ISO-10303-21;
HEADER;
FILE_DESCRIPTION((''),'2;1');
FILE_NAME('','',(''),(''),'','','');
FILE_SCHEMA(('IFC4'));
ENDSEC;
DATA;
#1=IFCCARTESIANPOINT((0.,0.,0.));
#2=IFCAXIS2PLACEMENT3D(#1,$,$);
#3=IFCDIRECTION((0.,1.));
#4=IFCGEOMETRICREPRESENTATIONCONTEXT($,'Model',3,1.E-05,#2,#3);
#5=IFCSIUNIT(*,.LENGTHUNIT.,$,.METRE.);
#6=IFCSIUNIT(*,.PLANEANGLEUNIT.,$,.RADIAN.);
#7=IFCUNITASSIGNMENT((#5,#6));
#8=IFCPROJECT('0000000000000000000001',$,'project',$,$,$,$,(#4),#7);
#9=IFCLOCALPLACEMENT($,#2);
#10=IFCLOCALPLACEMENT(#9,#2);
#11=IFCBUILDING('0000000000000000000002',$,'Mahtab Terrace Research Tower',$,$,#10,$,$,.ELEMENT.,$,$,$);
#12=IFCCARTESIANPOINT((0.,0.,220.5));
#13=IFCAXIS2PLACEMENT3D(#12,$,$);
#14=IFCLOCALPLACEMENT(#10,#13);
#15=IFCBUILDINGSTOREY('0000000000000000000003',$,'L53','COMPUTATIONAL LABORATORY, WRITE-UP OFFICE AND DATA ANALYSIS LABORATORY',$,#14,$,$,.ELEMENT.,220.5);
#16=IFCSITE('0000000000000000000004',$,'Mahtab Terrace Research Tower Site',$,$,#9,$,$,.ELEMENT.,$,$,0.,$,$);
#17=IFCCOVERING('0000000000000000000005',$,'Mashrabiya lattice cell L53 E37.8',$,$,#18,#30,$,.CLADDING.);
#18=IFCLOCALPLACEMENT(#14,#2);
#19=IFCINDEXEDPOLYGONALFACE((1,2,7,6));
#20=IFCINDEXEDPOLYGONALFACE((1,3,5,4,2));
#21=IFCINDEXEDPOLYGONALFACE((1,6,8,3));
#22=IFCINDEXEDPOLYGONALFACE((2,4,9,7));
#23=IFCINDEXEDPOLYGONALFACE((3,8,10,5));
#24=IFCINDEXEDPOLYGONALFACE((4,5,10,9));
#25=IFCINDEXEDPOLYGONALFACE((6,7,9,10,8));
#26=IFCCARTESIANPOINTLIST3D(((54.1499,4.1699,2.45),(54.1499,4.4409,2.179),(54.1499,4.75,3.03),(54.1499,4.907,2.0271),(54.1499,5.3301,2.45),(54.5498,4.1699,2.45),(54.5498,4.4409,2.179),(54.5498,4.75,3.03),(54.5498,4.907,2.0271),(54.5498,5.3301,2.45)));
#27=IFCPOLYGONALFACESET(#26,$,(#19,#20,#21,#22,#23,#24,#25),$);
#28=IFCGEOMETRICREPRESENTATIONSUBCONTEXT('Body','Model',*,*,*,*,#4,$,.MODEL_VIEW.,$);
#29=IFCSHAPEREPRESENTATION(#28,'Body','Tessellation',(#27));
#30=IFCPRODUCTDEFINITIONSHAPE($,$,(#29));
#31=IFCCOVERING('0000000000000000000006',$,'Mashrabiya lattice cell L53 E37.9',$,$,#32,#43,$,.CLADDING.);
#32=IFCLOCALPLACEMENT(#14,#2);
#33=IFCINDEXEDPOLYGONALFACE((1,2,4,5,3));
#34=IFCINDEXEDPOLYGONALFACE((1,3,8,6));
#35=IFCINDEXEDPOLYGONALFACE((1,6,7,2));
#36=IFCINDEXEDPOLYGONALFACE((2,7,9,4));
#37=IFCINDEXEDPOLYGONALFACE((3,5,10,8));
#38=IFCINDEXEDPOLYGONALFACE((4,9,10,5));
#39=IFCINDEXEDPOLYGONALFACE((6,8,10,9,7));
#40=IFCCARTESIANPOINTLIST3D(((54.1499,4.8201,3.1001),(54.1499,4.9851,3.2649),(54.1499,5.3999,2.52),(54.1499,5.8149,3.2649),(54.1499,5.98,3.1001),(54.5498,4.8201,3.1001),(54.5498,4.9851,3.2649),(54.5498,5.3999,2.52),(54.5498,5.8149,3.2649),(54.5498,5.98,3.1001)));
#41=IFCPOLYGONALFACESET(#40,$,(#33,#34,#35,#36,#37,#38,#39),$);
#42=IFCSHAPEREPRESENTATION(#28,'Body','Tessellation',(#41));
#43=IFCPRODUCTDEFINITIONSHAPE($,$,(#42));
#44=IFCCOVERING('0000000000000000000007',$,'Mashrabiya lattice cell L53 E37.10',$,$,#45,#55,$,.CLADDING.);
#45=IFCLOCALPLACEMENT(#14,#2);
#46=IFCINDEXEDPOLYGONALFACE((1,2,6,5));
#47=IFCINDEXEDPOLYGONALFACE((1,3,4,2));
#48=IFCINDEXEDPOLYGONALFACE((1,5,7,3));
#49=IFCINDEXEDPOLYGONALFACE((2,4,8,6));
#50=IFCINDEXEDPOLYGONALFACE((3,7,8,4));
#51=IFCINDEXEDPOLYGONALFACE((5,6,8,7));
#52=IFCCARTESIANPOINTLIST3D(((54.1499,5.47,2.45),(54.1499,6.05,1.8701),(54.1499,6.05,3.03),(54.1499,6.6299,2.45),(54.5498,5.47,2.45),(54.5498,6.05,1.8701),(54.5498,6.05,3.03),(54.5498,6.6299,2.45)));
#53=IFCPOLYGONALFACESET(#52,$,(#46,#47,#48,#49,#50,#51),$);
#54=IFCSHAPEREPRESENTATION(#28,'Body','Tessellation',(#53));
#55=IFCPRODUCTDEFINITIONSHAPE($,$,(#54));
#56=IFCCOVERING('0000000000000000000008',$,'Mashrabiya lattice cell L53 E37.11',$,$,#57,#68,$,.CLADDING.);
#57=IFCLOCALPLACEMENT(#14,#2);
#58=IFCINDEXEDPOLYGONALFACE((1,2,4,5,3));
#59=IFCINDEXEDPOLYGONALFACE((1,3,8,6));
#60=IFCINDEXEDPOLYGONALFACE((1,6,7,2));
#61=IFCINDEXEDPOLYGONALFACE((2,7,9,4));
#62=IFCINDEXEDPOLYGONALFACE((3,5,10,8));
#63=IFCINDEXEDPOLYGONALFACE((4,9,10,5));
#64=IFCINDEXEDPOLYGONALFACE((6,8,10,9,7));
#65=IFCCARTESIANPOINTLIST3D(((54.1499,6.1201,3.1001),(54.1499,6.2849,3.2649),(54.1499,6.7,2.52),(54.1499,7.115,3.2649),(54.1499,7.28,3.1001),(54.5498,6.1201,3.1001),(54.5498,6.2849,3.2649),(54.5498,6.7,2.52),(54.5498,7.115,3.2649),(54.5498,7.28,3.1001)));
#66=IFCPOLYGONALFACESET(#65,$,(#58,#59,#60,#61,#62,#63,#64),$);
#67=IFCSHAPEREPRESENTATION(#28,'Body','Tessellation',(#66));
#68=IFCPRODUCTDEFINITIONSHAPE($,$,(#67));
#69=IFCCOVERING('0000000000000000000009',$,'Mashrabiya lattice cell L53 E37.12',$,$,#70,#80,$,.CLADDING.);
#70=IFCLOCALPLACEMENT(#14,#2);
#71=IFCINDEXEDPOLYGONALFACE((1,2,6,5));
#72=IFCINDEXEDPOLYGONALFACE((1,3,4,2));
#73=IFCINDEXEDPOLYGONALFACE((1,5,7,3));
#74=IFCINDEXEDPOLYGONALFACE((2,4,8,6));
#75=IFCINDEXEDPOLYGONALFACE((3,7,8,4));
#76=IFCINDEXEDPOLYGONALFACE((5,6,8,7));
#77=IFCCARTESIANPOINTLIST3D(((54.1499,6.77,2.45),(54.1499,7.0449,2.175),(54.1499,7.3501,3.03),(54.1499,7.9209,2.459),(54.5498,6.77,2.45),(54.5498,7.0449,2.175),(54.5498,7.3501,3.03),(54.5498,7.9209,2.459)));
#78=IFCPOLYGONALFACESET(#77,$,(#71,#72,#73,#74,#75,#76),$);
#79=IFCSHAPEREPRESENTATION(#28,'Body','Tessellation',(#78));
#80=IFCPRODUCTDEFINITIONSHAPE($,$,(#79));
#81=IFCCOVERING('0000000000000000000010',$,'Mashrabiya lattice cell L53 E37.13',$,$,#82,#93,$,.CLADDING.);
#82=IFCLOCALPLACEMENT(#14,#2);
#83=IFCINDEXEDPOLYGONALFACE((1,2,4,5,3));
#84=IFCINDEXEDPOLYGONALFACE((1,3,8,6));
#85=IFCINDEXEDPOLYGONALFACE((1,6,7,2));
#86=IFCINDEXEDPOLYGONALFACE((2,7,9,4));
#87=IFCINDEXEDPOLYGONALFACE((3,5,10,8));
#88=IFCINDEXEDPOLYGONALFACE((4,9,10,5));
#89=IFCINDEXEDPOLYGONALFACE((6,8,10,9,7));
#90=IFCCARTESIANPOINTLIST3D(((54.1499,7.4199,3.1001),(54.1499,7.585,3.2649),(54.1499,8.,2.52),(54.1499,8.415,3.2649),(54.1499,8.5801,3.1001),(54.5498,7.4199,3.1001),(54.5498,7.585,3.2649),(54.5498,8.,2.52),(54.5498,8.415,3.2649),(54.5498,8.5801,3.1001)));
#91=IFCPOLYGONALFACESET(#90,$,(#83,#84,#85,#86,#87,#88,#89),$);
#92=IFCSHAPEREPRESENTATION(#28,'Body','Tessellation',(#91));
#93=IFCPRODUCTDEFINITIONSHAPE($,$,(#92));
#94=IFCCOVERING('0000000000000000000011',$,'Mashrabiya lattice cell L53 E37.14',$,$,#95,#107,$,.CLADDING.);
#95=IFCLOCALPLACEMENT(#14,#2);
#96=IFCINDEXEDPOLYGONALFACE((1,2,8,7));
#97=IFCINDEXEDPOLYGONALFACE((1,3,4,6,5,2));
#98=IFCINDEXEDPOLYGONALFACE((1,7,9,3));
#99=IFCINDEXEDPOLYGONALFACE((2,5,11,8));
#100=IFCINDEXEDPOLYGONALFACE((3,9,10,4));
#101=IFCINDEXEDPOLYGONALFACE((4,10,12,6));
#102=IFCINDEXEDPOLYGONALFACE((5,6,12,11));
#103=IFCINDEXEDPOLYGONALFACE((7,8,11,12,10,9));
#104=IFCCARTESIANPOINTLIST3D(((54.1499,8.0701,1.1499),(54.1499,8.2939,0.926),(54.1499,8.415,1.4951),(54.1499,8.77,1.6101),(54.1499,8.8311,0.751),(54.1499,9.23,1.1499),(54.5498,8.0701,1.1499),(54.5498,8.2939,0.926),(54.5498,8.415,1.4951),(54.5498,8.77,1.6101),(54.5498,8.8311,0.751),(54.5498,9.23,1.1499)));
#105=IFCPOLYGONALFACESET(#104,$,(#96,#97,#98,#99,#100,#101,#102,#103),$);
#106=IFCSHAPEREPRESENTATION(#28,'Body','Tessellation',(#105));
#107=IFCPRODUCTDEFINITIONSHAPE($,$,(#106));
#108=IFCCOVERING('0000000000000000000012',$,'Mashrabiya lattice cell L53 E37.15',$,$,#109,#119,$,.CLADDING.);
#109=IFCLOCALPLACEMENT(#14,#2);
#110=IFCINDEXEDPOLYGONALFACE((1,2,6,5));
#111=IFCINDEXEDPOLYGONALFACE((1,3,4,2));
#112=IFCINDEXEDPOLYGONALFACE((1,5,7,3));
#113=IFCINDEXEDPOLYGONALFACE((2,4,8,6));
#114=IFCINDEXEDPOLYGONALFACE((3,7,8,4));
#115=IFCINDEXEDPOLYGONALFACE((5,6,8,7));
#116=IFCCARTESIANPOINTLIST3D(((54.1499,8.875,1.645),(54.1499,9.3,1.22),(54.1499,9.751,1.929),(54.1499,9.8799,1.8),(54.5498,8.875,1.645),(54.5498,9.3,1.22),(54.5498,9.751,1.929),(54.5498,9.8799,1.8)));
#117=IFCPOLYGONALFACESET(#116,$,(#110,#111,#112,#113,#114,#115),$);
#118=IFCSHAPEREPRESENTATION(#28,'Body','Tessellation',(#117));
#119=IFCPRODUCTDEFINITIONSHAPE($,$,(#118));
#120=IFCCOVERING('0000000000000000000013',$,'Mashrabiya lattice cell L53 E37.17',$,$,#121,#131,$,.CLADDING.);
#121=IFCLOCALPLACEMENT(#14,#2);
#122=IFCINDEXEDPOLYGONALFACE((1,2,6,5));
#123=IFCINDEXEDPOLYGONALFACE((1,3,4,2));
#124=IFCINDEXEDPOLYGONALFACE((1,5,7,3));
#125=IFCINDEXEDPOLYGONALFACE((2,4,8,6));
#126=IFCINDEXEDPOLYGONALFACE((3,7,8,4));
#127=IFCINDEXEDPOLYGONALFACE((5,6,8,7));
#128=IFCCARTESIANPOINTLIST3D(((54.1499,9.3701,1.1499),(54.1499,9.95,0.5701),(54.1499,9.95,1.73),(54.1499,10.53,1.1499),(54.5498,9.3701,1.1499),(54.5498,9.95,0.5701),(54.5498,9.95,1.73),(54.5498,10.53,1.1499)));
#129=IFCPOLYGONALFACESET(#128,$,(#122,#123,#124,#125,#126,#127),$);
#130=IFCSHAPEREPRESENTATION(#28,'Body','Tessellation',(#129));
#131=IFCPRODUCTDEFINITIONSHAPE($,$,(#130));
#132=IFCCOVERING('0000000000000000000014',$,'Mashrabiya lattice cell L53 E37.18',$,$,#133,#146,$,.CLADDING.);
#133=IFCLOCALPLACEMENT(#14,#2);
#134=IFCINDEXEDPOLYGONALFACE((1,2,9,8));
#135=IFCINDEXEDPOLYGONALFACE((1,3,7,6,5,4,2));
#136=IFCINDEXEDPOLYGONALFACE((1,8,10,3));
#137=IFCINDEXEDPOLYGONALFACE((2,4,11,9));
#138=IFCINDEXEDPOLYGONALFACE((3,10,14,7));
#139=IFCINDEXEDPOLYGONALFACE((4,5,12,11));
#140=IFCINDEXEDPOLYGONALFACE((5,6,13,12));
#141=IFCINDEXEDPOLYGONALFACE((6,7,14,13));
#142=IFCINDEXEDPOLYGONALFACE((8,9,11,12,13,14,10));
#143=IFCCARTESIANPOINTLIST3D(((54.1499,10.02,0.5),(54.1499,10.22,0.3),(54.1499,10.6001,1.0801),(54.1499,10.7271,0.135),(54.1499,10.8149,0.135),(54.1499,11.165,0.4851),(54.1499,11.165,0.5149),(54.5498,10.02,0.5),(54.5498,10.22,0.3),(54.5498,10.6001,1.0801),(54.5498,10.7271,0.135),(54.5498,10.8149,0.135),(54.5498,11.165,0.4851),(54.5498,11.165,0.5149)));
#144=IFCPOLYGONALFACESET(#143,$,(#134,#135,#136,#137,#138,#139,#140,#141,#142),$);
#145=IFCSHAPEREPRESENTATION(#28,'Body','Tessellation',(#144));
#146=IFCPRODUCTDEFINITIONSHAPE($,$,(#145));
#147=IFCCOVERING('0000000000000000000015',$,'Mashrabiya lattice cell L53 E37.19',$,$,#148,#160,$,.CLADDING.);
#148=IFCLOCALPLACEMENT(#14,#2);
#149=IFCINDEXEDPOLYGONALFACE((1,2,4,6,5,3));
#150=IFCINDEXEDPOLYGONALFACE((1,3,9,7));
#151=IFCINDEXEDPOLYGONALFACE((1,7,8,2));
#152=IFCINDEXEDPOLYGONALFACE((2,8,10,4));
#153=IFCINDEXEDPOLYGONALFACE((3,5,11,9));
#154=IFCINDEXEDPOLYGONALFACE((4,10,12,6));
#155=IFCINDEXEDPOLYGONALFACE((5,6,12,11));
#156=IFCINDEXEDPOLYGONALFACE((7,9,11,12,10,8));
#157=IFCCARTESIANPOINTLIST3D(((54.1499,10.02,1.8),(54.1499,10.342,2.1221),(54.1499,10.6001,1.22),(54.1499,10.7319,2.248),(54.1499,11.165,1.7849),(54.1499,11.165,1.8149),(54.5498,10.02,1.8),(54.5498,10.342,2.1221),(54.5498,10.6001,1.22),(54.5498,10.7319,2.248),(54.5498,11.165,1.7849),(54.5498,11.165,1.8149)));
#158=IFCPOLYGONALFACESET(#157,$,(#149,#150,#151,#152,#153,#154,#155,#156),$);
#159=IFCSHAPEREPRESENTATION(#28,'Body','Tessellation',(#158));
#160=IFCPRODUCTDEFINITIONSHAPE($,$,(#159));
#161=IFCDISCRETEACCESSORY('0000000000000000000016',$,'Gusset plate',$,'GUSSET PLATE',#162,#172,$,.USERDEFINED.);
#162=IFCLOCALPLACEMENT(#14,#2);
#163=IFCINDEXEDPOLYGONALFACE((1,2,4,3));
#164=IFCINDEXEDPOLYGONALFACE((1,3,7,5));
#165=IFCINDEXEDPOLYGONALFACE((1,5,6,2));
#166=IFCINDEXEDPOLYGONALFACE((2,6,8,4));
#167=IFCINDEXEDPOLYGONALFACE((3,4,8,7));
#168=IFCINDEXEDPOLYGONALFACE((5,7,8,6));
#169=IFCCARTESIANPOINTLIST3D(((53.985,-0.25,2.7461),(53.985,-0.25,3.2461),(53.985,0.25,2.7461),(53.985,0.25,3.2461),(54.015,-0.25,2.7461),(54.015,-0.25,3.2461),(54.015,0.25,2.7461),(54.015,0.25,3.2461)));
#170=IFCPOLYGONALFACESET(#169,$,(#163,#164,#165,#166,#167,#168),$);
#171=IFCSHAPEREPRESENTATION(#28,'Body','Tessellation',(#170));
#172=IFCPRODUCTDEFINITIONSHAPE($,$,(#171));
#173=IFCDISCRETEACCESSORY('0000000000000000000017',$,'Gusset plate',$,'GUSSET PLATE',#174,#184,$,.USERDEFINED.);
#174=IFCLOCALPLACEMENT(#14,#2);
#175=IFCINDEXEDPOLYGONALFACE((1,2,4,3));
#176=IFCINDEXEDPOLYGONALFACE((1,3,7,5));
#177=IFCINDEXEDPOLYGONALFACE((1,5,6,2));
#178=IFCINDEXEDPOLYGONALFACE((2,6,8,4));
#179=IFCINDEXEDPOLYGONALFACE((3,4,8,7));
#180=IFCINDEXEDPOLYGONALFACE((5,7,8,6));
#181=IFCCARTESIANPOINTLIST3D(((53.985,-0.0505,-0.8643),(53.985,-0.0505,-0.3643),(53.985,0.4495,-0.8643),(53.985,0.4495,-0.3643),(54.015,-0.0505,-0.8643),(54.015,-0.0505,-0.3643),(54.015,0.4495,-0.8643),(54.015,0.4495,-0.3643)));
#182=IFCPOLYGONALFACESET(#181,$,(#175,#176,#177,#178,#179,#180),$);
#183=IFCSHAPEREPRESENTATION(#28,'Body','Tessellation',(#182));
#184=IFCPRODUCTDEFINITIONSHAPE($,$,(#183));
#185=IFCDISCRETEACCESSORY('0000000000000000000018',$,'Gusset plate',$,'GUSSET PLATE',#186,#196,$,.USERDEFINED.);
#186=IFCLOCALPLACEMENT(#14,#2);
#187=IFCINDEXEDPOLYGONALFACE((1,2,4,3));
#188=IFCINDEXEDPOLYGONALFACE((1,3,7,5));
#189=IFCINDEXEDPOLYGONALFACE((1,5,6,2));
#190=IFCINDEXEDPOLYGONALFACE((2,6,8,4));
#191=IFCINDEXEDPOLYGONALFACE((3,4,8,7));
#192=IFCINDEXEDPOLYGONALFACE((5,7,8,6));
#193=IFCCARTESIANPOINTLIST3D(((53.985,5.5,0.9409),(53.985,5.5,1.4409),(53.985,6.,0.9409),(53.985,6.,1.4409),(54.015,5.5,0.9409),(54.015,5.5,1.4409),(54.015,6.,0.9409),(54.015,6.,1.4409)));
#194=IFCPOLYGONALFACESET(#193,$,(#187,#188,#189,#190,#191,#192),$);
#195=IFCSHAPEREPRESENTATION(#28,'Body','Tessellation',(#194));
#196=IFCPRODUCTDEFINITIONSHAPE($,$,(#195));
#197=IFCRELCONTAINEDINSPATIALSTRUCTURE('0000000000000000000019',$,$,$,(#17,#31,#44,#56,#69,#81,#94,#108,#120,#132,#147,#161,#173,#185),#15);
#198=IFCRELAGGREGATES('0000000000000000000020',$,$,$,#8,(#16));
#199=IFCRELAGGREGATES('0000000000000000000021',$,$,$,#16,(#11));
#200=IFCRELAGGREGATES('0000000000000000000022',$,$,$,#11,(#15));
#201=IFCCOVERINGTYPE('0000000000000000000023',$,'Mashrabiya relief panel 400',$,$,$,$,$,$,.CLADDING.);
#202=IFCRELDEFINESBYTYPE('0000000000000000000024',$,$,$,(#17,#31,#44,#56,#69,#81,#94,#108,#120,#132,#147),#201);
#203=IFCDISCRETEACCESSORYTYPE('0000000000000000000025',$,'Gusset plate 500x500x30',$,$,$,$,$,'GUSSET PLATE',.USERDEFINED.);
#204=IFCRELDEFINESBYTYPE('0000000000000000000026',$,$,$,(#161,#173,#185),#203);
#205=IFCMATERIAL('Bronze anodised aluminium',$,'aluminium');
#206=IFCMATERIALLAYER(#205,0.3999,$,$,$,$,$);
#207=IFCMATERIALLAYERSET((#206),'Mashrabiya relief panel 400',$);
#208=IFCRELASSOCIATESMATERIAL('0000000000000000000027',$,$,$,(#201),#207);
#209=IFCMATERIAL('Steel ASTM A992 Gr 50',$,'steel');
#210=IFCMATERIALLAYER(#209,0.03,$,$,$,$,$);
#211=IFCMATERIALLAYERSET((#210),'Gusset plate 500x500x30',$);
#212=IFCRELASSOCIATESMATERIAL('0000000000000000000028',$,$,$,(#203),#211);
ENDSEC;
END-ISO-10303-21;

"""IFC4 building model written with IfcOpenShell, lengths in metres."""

from ifc_helpers import new_model, si_unit, direction, frame, origin, origin_2d, place, context, subcontext, project, spatial, polyline, rectangle, outline, extrude, material, layer, layer_set, type_object, element, save


model = new_model("IFC4")

# Units and contexts
model_context = context("Model", 3, precision=1e-05, world=origin(), true_north=direction((0.0, 1.0)))
body_context = subcontext(model_context, "Body", "Model", "MODEL_VIEW")
ifc_project = project(units=[si_unit("LENGTHUNIT", "METRE"), si_unit("PLANEANGLEUNIT", "RADIAN")], contexts=[model_context])

# Site, building, storey
site_placement = place(None, origin())
site = spatial("IfcSite", under=ifc_project, at=site_placement, Name="Mahtab Terrace Research Tower Site", CompositionType="ELEMENT", RefElevation=0.0)
building_placement = place(site_placement, origin())
building = spatial("IfcBuilding", under=site, at=building_placement, Name="Mahtab Terrace Research Tower", CompositionType="ELEMENT")
storey_placement = place(building_placement, frame((0.0, 0.0, 220.5)))
storey = spatial("IfcBuildingStorey", under=building, at=storey_placement, Name="L53", Description="COMPUTATIONAL LABORATORY, WRITE-UP OFFICE AND DATA ANALYSIS LABORATORY", CompositionType="ELEMENT", Elevation=220.5)

# Shared definitions
ifc_material_1 = material(Name="Steel ASTM A992 Gr 50", Category="steel")

# Coverings
ifc_material_2 = material(Name="Bronze anodised aluminium", Category="aluminium")
ifc_layer_1 = layer(ifc_material_2, 0.3999)
ifc_layer_set_1 = layer_set([ifc_layer_1], Name="Mashrabiya relief panel 400")
covering_type = type_object("IfcCoveringType", Name="Mashrabiya relief panel 400", PredefinedType="CLADDING", material=ifc_layer_set_1)
covering_1_placement = place(storey_placement, frame((54.1499, 4.1699, 2.45), z_axis=(-1.0, 0.0, 0.0), x_axis=(0.0, 0.707107, 0.707107)))
element("IfcCovering", 1, at=covering_1_placement, inside=storey, type_object=covering_type, Name="Mashrabiya lattice cell L53 E37.8", PredefinedType="CLADDING", context=body_context, shape_type="SweptSolid", body=[
    extrude(outline(polyline([(0.0, 0.0), (0.8204, 0.0), (0.8204, 0.8204), (0.2222, 0.8202), (0.0, 0.3832), (0.0, 0.0)])), origin(), (0.0, 0.0, -1.0), 0.3999),
])
covering_2_placement = place(storey_placement, frame((54.1499, 5.98, 3.1001), z_axis=(-1.0, 0.0, 0.0), x_axis=(0.0, -0.707107, -0.707107)))
element("IfcCovering", 2, at=covering_2_placement, inside=storey, type_object=covering_type, Name="Mashrabiya lattice cell L53 E37.9", PredefinedType="CLADDING", context=body_context, shape_type="SweptSolid", body=[
    extrude(outline(polyline([(0.0, 0.0), (0.8204, 0.0), (0.8202, 0.8202), (0.587, 0.82), (0.0002, 0.2332), (0.0, 0.0)])), origin(), (0.0, 0.0, -1.0), 0.3999),
])
covering_3_placement = place(storey_placement, frame((54.1499, 6.05, 3.03), z_axis=(-1.0, 0.0, 0.0), x_axis=(0.0, 0.706958, -0.707256)))
element("IfcCovering", 3, at=covering_3_placement, inside=storey, type_object=covering_type, Name="Mashrabiya lattice cell L53 E37.10", PredefinedType="CLADDING", context=body_context, shape_type="SweptSolid", body=[
    extrude(outline(polyline([(0.0, 0.0), (0.8202, 0.0), (0.8204, 0.82), (0.0002, 0.8204), (0.0, 0.0)])), origin(), (0.0, 0.0, -1.0), 0.3999),
])
covering_4_placement = place(storey_placement, frame((54.1499, 7.28, 3.1001), z_axis=(-1.0, 0.0, 0.0), x_axis=(0.0, -0.707107, -0.707107)))
element("IfcCovering", 4, at=covering_4_placement, inside=storey, type_object=covering_type, Name="Mashrabiya lattice cell L53 E37.11", PredefinedType="CLADDING", context=body_context, shape_type="SweptSolid", body=[
    extrude(outline(polyline([(0.0, 0.0), (0.8204, 0.0), (0.8202, 0.8202), (0.5871, 0.8202), (0.0002, 0.2332), (0.0, 0.0)])), origin(), (0.0, 0.0, -1.0), 0.3999),
])
covering_5_placement = place(storey_placement, frame((54.1499, 6.77, 2.45), z_axis=(-1.0, 0.0, 0.0), x_axis=(0.0, 0.707107, 0.707107)))
element("IfcCovering", 5, at=covering_5_placement, inside=storey, type_object=covering_type, Name="Mashrabiya lattice cell L53 E37.12", PredefinedType="CLADDING", context=body_context, shape_type="SweptSolid", body=[
    extrude(outline(polyline([(0.0, 0.0), (0.8204, 0.0), (0.8202, 0.8074), (0.0, 0.3888), (0.0, 0.0)])), origin(), (0.0, 0.0, -1.0), 0.3999),
])
covering_6_placement = place(storey_placement, frame((54.1499, 8.5801, 3.1001), z_axis=(-1.0, 0.0, 0.0), x_axis=(0.0, -0.707107, -0.707107)))
element("IfcCovering", 6, at=covering_6_placement, inside=storey, type_object=covering_type, Name="Mashrabiya lattice cell L53 E37.13", PredefinedType="CLADDING", context=body_context, shape_type="SweptSolid", body=[
    extrude(outline(polyline([(0.0, 0.0), (0.8204, 0.0), (0.8204, 0.8204), (0.5871, 0.8202), (0.0002, 0.2332), (0.0, 0.0)])), origin(), (0.0, 0.0, -1.0), 0.3999),
])
covering_7_placement = place(storey_placement, frame((54.1499, 8.0701, 1.1499), z_axis=(-1.0, 0.0, 0.0), x_axis=(0.0, 0.706857, 0.707357)))
element("IfcCovering", 7, at=covering_7_placement, inside=storey, type_object=covering_type, Name="Mashrabiya lattice cell L53 E37.14", PredefinedType="CLADDING", context=body_context, shape_type="SweptSolid", body=[
    extrude(outline(polyline([(0.0, 0.0), (0.488, 0.0), (0.8203, 0.1698), (0.8199, 0.8205), (0.2557, 0.8203), (-0.0001, 0.3166), (0.0, 0.0)])), origin(), (0.0, 0.0, -1.0), 0.3999),
])
covering_8_placement = place(storey_placement, frame((54.1499, 9.8799, 1.8), z_axis=(-1.0, 0.0, 0.0), x_axis=(0.0, -0.706958, -0.707256)))
element("IfcCovering", 8, at=covering_8_placement, inside=storey, type_object=covering_type, Name="Mashrabiya lattice cell L53 E37.15", PredefinedType="CLADDING", context=body_context, shape_type="SweptSolid", body=[
    extrude(outline(polyline([(0.0, 0.0), (0.8202, 0.0), (0.8201, 0.6011), (0.0, 0.1823), (0.0, 0.0)])), origin(), (0.0, 0.0, -1.0), 0.3999),
])
covering_9_placement = place(storey_placement, frame((54.1499, 9.95, 1.73), z_axis=(-1.0, 0.0, 0.0), x_axis=(0.0, 0.707107, -0.707107)))
element("IfcCovering", 9, at=covering_9_placement, inside=storey, type_object=covering_type, Name="Mashrabiya lattice cell L53 E37.17", PredefinedType="CLADDING", context=body_context, shape_type="SweptSolid", body=[
    extrude(outline(polyline([(0.0, 0.0), (0.8204, 0.0), (0.8202, 0.8202), (0.0002, 0.8202), (0.0, 0.0)])), origin(), (0.0, 0.0, -1.0), 0.3999),
])
covering_10_placement = place(storey_placement, frame((54.1499, 10.02, 0.5), z_axis=(-1.0, 0.0, 0.0), x_axis=(0.0, 0.707107, 0.707107)))
element("IfcCovering", 10, at=covering_10_placement, inside=storey, type_object=covering_type, Name="Mashrabiya lattice cell L53 E37.18", PredefinedType="CLADDING", context=body_context, shape_type="SweptSolid", body=[
    extrude(outline(polyline([(0.0, 0.0), (0.8204, 0.0), (0.8202, 0.7991), (0.7991, 0.8202), (0.304, 0.8202), (0.2419, 0.758), (0.0, 0.2828), (0.0, 0.0)])), origin(), (0.0, 0.0, -1.0), 0.3999),
])
covering_11_placement = place(storey_placement, frame((54.1499, 10.6001, 1.22), z_axis=(-1.0, 0.0, 0.0), x_axis=(0.0, -0.707107, 0.707107)))
element("IfcCovering", 11, at=covering_11_placement, inside=storey, type_object=covering_type, Name="Mashrabiya lattice cell L53 E37.19", PredefinedType="CLADDING", context=body_context, shape_type="SweptSolid", body=[
    extrude(outline(polyline([(0.0, 0.0), (0.8204, 0.0), (0.8204, 0.4554), (0.6337, 0.8202), (0.0212, 0.8202), (0.0, 0.7989), (0.0, 0.0)])), origin(), (0.0, 0.0, -1.0), 0.3999),
])

# Discrete accessories
ifc_layer_2 = layer(ifc_material_1, 0.03)
ifc_layer_set_2 = layer_set([ifc_layer_2], Name="Gusset plate 500x500x30")
discrete_accessory_type = type_object("IfcDiscreteAccessoryType", Name="Gusset plate 500x500x30", ElementType="GUSSET PLATE", PredefinedType="USERDEFINED", material=ifc_layer_set_2)
for number, where, z_axis, x_axis, name in (
    (12, (54.0, 0.0, 2.7461), (0.0, 0.0, 1.0), (0.0, 1.0, 0.0), "Gusset plate"),
    (13, (54.0, 0.1995, -0.8643), (0.0, 0.0, 1.0), (0.0, 1.0, 0.0), "Gusset plate"),
    (14, (54.0, 5.75, 0.9409), (0.0, 0.0, 1.0), (0.0, 1.0, 0.0), "Gusset plate"),
):
    element("IfcDiscreteAccessory", number, at=place(storey_placement, frame(where, z_axis=z_axis, x_axis=x_axis)), inside=storey, type_object=discrete_accessory_type, Name=name, ObjectType="GUSSET PLATE", PredefinedType="USERDEFINED", context=body_context, shape_type="SweptSolid", body=[
        extrude(rectangle(XDim=0.5, YDim=0.03, at=origin_2d()), origin(), (0.0, 0.0, 1.0), 0.5),
    ])

save(model, "model.ifc")
